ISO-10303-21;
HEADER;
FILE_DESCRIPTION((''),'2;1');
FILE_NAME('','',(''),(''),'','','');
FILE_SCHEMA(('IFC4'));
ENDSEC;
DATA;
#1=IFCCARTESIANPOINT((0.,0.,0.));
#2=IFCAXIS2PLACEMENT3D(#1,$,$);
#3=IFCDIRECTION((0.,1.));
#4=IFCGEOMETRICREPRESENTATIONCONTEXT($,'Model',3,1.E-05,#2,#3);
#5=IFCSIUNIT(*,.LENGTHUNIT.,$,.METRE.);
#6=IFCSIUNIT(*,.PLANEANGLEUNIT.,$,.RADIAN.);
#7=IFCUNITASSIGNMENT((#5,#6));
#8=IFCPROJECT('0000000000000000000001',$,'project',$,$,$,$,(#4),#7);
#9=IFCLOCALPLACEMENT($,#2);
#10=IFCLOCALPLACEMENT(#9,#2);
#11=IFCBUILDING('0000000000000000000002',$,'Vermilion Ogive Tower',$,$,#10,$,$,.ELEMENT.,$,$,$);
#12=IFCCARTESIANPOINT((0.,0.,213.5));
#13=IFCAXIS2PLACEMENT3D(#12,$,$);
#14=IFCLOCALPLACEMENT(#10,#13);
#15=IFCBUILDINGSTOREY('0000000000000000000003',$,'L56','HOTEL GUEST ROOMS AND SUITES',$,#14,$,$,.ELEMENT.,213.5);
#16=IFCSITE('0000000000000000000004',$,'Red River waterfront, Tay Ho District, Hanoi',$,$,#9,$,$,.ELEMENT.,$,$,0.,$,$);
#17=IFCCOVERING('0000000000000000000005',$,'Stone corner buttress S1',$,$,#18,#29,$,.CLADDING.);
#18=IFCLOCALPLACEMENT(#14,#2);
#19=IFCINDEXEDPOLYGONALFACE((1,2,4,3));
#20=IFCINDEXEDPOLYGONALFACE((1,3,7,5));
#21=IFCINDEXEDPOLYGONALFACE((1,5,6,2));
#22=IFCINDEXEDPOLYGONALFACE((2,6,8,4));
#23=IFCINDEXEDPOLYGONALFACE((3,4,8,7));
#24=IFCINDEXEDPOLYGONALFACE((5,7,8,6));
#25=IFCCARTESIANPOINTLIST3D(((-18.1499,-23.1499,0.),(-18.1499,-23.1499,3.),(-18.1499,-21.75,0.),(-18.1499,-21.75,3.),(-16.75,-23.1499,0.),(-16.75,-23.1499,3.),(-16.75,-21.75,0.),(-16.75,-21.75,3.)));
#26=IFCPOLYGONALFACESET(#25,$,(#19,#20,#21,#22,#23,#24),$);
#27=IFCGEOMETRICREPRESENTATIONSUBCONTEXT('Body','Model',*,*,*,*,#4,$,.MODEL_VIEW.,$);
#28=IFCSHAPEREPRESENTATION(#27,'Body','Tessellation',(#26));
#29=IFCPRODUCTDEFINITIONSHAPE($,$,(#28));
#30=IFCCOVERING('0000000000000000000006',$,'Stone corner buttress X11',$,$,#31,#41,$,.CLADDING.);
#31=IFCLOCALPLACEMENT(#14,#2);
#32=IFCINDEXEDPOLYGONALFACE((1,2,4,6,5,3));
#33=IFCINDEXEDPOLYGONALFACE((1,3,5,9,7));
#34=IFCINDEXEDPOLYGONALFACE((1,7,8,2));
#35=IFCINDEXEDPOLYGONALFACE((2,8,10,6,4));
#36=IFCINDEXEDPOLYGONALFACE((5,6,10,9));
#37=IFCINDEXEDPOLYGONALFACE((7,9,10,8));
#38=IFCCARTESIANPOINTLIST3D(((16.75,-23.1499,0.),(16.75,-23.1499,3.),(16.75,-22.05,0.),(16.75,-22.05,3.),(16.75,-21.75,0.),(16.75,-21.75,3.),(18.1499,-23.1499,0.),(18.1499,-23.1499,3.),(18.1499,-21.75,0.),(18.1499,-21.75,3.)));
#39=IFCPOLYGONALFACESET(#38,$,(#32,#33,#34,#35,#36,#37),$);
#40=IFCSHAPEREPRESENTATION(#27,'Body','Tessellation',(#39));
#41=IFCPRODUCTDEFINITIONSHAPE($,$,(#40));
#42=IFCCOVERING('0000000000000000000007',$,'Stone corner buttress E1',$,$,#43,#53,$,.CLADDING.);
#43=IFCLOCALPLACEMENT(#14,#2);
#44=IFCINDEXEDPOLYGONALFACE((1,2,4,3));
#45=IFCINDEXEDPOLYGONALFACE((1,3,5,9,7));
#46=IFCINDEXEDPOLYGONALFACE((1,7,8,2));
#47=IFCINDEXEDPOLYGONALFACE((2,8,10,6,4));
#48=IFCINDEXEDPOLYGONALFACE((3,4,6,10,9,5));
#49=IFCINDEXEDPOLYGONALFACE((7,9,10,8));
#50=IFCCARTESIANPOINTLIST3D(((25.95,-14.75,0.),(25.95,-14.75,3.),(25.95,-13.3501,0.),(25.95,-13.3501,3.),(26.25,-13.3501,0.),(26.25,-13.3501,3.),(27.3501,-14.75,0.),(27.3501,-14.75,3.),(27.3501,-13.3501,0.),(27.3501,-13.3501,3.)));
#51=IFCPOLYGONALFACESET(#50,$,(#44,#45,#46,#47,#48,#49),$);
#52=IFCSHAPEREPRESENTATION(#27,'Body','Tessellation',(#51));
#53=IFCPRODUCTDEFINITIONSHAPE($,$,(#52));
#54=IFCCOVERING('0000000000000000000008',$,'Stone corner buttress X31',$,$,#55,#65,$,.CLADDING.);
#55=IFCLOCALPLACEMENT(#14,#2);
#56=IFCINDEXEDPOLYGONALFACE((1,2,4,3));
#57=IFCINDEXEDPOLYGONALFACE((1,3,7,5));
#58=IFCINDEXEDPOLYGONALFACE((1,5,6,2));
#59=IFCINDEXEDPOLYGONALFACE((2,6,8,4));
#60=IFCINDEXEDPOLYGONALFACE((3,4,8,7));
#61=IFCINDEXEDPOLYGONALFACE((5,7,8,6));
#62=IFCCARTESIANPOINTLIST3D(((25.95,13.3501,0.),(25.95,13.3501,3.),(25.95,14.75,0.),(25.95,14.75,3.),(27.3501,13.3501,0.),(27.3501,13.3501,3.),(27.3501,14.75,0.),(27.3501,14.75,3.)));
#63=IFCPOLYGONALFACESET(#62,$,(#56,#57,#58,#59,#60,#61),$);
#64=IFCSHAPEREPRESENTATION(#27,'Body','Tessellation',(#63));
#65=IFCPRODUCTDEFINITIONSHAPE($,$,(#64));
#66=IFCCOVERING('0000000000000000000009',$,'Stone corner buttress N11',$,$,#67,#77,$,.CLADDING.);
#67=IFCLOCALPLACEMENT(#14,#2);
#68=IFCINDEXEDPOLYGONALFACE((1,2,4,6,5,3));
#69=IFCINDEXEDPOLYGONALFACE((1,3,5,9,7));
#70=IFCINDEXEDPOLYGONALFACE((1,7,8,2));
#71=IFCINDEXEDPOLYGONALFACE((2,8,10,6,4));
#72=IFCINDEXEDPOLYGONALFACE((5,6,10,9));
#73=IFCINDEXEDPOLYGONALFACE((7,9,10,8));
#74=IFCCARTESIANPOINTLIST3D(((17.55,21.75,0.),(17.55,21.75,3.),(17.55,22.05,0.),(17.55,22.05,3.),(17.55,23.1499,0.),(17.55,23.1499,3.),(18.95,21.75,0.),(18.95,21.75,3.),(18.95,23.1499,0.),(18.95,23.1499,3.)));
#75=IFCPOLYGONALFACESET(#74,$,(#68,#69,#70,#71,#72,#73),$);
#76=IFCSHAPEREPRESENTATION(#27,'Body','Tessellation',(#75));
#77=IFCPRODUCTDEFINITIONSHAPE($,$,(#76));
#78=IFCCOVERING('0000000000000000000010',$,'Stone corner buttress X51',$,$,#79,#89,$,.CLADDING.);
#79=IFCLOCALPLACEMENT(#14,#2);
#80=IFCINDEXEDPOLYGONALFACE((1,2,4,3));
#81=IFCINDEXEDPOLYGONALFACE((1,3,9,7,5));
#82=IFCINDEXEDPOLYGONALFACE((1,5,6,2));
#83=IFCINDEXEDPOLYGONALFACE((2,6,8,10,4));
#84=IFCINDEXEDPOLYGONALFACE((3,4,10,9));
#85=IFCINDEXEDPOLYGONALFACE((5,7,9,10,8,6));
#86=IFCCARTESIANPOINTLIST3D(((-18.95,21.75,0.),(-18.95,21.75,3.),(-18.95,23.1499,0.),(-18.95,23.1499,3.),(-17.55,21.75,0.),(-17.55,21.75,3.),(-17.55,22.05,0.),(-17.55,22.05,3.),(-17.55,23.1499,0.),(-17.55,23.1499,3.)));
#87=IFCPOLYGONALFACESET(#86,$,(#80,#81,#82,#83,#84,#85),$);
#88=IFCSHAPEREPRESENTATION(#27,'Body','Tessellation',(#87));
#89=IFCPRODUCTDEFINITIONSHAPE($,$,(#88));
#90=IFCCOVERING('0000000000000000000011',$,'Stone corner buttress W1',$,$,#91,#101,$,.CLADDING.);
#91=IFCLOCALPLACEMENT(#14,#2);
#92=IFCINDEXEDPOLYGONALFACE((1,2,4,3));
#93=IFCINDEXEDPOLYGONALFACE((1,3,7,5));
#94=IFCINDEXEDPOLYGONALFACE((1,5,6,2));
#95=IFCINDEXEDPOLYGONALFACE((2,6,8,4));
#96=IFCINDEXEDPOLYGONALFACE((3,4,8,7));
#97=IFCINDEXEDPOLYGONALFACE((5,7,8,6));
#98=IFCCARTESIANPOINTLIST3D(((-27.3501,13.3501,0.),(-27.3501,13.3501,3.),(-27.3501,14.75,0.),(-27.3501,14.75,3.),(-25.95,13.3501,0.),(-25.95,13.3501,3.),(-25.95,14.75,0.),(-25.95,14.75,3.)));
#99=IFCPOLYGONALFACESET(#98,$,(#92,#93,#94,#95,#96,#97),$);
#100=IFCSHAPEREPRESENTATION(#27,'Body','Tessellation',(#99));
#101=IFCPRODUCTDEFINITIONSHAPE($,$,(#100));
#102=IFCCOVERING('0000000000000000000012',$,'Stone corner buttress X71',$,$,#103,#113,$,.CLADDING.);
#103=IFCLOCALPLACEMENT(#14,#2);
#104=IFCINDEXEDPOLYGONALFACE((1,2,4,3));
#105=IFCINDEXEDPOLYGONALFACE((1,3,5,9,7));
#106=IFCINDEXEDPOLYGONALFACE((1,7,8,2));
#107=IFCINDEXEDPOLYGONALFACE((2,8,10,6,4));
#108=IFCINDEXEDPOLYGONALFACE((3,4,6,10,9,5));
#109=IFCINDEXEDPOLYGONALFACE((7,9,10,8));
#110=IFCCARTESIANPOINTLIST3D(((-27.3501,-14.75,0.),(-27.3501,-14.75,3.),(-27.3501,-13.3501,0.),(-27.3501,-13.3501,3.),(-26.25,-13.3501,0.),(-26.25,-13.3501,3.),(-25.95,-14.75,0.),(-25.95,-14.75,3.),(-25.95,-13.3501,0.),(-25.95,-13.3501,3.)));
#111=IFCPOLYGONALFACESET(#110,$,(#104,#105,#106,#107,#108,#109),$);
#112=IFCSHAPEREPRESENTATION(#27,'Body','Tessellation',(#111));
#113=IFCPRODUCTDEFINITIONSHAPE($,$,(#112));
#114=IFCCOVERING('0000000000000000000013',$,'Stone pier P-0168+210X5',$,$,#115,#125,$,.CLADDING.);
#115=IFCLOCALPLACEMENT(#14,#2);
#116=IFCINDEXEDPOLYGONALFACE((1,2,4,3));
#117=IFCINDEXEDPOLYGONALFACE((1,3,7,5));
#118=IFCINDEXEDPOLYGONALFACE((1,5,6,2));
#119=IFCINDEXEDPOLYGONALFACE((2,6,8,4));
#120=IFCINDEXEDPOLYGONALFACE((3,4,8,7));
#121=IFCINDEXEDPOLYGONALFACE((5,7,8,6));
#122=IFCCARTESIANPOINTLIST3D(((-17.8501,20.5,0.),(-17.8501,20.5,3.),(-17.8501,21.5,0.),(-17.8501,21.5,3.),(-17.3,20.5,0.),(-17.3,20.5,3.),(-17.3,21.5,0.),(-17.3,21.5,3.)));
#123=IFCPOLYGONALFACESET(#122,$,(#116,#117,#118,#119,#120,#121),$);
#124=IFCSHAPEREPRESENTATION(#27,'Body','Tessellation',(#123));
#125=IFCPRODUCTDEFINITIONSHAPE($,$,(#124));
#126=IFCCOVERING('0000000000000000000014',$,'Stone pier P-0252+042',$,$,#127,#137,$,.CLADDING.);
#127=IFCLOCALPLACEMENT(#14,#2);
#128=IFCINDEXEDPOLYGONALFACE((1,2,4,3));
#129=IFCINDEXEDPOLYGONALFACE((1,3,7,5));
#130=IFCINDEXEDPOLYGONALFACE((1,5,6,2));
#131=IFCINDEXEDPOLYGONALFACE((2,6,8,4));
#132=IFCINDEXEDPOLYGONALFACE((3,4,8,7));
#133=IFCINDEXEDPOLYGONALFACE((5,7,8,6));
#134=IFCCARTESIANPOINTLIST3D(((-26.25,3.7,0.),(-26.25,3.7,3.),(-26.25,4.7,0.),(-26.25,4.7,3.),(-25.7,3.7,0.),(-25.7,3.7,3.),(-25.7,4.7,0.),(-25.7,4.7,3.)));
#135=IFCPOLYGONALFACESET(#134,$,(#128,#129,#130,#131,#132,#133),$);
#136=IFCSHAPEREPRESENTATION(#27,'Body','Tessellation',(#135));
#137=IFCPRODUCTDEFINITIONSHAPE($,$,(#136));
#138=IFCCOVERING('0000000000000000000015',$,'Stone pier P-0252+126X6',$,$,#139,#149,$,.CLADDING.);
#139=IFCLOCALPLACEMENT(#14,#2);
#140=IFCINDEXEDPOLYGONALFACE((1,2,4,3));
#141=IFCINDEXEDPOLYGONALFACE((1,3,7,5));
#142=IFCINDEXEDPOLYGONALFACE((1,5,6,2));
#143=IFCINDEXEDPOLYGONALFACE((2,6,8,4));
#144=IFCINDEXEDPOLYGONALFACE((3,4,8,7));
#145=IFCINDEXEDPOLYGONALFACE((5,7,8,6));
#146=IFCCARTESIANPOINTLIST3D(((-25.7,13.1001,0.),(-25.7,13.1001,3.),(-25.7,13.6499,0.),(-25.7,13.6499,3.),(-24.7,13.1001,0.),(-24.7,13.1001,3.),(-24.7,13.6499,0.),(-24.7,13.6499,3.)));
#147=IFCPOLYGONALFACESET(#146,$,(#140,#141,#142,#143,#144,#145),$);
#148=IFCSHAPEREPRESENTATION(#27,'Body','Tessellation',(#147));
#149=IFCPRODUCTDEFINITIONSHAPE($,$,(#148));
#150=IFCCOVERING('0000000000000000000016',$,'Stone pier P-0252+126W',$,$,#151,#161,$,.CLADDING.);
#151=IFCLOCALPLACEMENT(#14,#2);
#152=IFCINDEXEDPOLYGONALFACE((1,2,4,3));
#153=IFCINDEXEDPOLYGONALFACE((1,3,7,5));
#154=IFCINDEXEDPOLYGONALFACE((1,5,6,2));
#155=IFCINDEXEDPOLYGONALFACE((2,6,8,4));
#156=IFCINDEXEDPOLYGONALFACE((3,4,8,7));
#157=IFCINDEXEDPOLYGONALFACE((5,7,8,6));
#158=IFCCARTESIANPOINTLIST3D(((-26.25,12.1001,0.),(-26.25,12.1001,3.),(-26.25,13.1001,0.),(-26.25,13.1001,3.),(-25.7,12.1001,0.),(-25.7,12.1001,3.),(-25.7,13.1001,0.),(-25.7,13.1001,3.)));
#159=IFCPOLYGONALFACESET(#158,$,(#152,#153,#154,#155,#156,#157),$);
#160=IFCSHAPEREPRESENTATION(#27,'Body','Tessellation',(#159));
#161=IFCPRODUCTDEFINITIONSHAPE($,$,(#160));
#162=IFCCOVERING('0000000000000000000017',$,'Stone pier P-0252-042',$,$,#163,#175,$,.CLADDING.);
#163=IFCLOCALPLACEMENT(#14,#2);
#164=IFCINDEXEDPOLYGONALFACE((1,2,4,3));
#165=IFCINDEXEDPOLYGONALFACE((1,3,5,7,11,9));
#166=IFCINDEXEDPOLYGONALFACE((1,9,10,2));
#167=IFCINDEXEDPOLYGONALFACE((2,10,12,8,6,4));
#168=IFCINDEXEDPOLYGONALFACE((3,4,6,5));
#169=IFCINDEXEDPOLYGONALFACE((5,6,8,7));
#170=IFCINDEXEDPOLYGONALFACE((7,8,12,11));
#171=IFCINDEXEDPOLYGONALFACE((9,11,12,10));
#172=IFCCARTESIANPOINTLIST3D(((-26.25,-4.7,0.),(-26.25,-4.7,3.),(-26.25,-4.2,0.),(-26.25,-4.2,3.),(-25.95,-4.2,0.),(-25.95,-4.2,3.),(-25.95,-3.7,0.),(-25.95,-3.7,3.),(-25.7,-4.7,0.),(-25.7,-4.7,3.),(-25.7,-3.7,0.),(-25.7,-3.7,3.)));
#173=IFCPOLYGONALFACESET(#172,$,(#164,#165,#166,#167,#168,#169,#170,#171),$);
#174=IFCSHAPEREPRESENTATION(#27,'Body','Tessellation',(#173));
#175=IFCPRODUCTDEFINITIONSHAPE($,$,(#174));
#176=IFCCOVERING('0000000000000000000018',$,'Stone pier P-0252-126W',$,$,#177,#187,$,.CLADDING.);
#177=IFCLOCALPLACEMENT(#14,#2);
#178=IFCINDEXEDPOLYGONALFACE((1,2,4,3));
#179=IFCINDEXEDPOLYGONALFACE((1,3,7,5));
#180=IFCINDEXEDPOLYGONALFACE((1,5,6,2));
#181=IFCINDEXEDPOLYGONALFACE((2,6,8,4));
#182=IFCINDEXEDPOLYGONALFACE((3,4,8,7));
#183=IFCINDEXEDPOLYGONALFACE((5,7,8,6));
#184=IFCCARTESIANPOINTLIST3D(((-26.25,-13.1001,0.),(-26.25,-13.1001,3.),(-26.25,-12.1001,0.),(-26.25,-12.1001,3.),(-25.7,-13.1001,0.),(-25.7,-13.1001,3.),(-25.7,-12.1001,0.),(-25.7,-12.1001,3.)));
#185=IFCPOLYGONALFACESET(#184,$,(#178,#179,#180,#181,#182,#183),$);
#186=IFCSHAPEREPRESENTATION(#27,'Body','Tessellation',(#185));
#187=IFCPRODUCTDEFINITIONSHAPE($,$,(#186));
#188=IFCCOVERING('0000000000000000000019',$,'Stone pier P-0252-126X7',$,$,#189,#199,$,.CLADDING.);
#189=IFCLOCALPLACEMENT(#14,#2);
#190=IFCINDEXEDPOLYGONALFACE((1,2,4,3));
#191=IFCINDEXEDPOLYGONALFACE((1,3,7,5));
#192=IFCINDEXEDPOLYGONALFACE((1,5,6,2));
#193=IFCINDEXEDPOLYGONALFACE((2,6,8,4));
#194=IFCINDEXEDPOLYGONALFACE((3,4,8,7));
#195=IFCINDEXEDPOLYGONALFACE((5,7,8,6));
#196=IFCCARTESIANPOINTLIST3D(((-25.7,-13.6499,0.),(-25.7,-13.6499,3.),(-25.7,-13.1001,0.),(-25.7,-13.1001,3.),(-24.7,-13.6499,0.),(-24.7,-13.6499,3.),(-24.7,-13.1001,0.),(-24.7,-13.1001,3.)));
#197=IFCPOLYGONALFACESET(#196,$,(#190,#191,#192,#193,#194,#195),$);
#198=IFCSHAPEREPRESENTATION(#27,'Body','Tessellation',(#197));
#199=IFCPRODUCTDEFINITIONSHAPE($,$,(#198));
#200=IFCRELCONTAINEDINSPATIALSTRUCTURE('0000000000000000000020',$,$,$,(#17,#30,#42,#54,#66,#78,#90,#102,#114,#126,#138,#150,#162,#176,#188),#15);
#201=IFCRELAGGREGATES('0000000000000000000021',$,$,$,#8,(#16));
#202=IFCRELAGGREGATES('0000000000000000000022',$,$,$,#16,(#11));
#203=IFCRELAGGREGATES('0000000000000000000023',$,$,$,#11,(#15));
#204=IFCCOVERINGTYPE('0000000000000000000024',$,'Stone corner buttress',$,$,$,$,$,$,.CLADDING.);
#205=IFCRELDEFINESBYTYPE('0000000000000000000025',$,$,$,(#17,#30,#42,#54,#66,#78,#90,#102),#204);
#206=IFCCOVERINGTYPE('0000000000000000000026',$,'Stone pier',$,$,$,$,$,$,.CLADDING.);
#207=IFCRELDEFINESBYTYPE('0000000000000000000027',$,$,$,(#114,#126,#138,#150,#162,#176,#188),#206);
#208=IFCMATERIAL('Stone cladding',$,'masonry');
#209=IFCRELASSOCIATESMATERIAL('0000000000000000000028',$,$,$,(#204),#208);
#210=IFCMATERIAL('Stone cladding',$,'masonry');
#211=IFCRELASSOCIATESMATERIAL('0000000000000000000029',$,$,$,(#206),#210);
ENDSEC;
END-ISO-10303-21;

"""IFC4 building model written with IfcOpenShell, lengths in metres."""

from ifc_helpers import new_model, si_unit, direction, frame, origin, place, context, subcontext, project, spatial, polyline, outline, extrude, material, type_object, element, save


model = new_model("IFC4")

# Units and contexts
model_context = context("Model", 3, precision=1e-05, world=origin(), true_north=direction((0.0, 1.0)))
body_context = subcontext(model_context, "Body", "Model", "MODEL_VIEW")
ifc_project = project(units=[si_unit("LENGTHUNIT", "METRE"), si_unit("PLANEANGLEUNIT", "RADIAN")], contexts=[model_context])

# Site, building, storey
site_placement = place(None, origin())
site = spatial("IfcSite", under=ifc_project, at=site_placement, Name="Red River waterfront, Tay Ho District, Hanoi", CompositionType="ELEMENT", RefElevation=0.0)
building_placement = place(site_placement, origin())
building = spatial("IfcBuilding", under=site, at=building_placement, Name="Vermilion Ogive Tower", CompositionType="ELEMENT")
storey_placement = place(building_placement, frame((0.0, 0.0, 213.5)))
storey = spatial("IfcBuildingStorey", under=building, at=storey_placement, Name="L56", Description="HOTEL GUEST ROOMS AND SUITES", CompositionType="ELEMENT", Elevation=213.5)

# Coverings
ifc_material_1 = material(Name="Stone cladding", Category="masonry")
covering_type_1 = type_object("IfcCoveringType", Name="Stone corner buttress", PredefinedType="CLADDING", material=ifc_material_1)
covering_1_placement = place(storey_placement, origin())
element("IfcCovering", 1, at=covering_1_placement, inside=storey, type_object=covering_type_1, Name="Stone corner buttress S1", PredefinedType="CLADDING", context=body_context, shape_type="SweptSolid", body=[
    extrude(outline(polyline([(-18.1499, -23.1499), (-18.1499, -21.75), (-16.75, -21.75), (-16.75, -23.1499), (-18.1499, -23.1499)])), origin(), (0.0, 0.0, 1.0), 3.0),
])
covering_2_placement = place(storey_placement, origin())
element("IfcCovering", 2, at=covering_2_placement, inside=storey, type_object=covering_type_1, Name="Stone corner buttress X11", PredefinedType="CLADDING", context=body_context, shape_type="SweptSolid", body=[
    extrude(outline(polyline([(18.1499, -21.75), (18.1499, -23.1499), (16.75, -23.1499), (16.75, -22.05), (16.75, -21.75), (18.1499, -21.75)])), origin(), (0.0, 0.0, 1.0), 3.0),
])
covering_3_placement = place(storey_placement, origin())
element("IfcCovering", 3, at=covering_3_placement, inside=storey, type_object=covering_type_1, Name="Stone corner buttress E1", PredefinedType="CLADDING", context=body_context, shape_type="SweptSolid", body=[
    extrude(outline(polyline([(25.95, -14.75), (25.95, -13.3501), (26.25, -13.3501), (27.3501, -13.3501), (27.3501, -14.75), (25.95, -14.75)])), origin(), (0.0, 0.0, 1.0), 3.0),
])
covering_4_placement = place(storey_placement, origin())
element("IfcCovering", 4, at=covering_4_placement, inside=storey, type_object=covering_type_1, Name="Stone corner buttress X31", PredefinedType="CLADDING", context=body_context, shape_type="SweptSolid", body=[
    extrude(outline(polyline([(27.3501, 14.75), (27.3501, 13.3501), (25.95, 13.3501), (25.95, 14.75), (27.3501, 14.75)])), origin(), (0.0, 0.0, 1.0), 3.0),
])
covering_5_placement = place(storey_placement, origin())
element("IfcCovering", 5, at=covering_5_placement, inside=storey, type_object=covering_type_1, Name="Stone corner buttress N11", PredefinedType="CLADDING", context=body_context, shape_type="SweptSolid", body=[
    extrude(outline(polyline([(18.95, 21.75), (17.55, 21.75), (17.55, 22.05), (17.55, 23.1499), (18.95, 23.1499), (18.95, 21.75)])), origin(), (0.0, 0.0, 1.0), 3.0),
])
covering_6_placement = place(storey_placement, origin())
element("IfcCovering", 6, at=covering_6_placement, inside=storey, type_object=covering_type_1, Name="Stone corner buttress X51", PredefinedType="CLADDING", context=body_context, shape_type="SweptSolid", body=[
    extrude(outline(polyline([(-18.95, 21.75), (-18.95, 23.1499), (-17.55, 23.1499), (-17.55, 22.05), (-17.55, 21.75), (-18.95, 21.75)])), origin(), (0.0, 0.0, 1.0), 3.0),
])
covering_7_placement = place(storey_placement, origin())
element("IfcCovering", 7, at=covering_7_placement, inside=storey, type_object=covering_type_1, Name="Stone corner buttress W1", PredefinedType="CLADDING", context=body_context, shape_type="SweptSolid", body=[
    extrude(outline(polyline([(-27.3501, 14.75), (-25.95, 14.75), (-25.95, 13.3501), (-27.3501, 13.3501), (-27.3501, 14.75)])), origin(), (0.0, 0.0, 1.0), 3.0),
])
covering_8_placement = place(storey_placement, origin())
element("IfcCovering", 8, at=covering_8_placement, inside=storey, type_object=covering_type_1, Name="Stone corner buttress X71", PredefinedType="CLADDING", context=body_context, shape_type="SweptSolid", body=[
    extrude(outline(polyline([(-25.95, -14.75), (-27.3501, -14.75), (-27.3501, -13.3501), (-26.25, -13.3501), (-25.95, -13.3501), (-25.95, -14.75)])), origin(), (0.0, 0.0, 1.0), 3.0),
])
ifc_material_2 = material(Name="Stone cladding", Category="masonry")
covering_type_2 = type_object("IfcCoveringType", Name="Stone pier", PredefinedType="CLADDING", material=ifc_material_2)
covering_9_placement = place(storey_placement, origin())
element("IfcCovering", 9, at=covering_9_placement, inside=storey, type_object=covering_type_2, Name="Stone pier P-0168+210X5", PredefinedType="CLADDING", context=body_context, shape_type="SweptSolid", body=[
    extrude(outline(polyline([(-17.8501, 21.5), (-17.3, 21.5), (-17.3, 21.5), (-17.3, 20.5), (-17.8501, 20.5), (-17.8501, 21.5)])), origin(), (0.0, 0.0, 1.0), 3.0),
])
covering_10_placement = place(storey_placement, origin())
element("IfcCovering", 10, at=covering_10_placement, inside=storey, type_object=covering_type_2, Name="Stone pier P-0252+042", PredefinedType="CLADDING", context=body_context, shape_type="SweptSolid", body=[
    extrude(outline(polyline([(-25.7, 3.7), (-26.25, 3.7), (-26.25, 4.7), (-25.7, 4.7), (-25.7, 4.7), (-25.7, 3.7)])), origin(), (0.0, 0.0, 1.0), 3.0),
])
covering_11_placement = place(storey_placement, origin())
element("IfcCovering", 11, at=covering_11_placement, inside=storey, type_object=covering_type_2, Name="Stone pier P-0252+126X6", PredefinedType="CLADDING", context=body_context, shape_type="SweptSolid", body=[
    extrude(outline(polyline([(-25.7, 13.1001), (-25.7, 13.6499), (-24.7, 13.6499), (-24.7, 13.1001), (-24.7, 13.1001), (-25.7, 13.1001)])), origin(), (0.0, 0.0, 1.0), 3.0),
])
covering_12_placement = place(storey_placement, origin())
element("IfcCovering", 12, at=covering_12_placement, inside=storey, type_object=covering_type_2, Name="Stone pier P-0252+126W", PredefinedType="CLADDING", context=body_context, shape_type="SweptSolid", body=[
    extrude(outline(polyline([(-26.25, 13.1001), (-25.7, 13.1001), (-25.7, 12.1001), (-26.25, 12.1001), (-26.25, 13.1001)])), origin(), (0.0, 0.0, 1.0), 3.0),
])
covering_13_placement = place(storey_placement, origin())
element("IfcCovering", 13, at=covering_13_placement, inside=storey, type_object=covering_type_2, Name="Stone pier P-0252-042", PredefinedType="CLADDING", context=body_context, shape_type="SweptSolid", body=[
    extrude(outline(polyline([(-25.7, -4.7), (-26.25, -4.7), (-26.25, -4.2), (-25.95, -4.2), (-25.95, -3.7), (-25.7, -3.7), (-25.7, -4.7), (-25.7, -4.7)])), origin(), (0.0, 0.0, 1.0), 3.0),
])
covering_14_placement = place(storey_placement, origin())
element("IfcCovering", 14, at=covering_14_placement, inside=storey, type_object=covering_type_2, Name="Stone pier P-0252-126W", PredefinedType="CLADDING", context=body_context, shape_type="SweptSolid", body=[
    extrude(outline(polyline([(-26.25, -13.1001), (-26.25, -12.1001), (-25.7, -12.1001), (-25.7, -13.1001), (-26.25, -13.1001)])), origin(), (0.0, 0.0, 1.0), 3.0),
])
covering_15_placement = place(storey_placement, origin())
element("IfcCovering", 15, at=covering_15_placement, inside=storey, type_object=covering_type_2, Name="Stone pier P-0252-126X7", PredefinedType="CLADDING", context=body_context, shape_type="SweptSolid", body=[
    extrude(outline(polyline([(-25.7, -13.6499), (-25.7, -13.1001), (-24.7, -13.1001), (-24.7, -13.6499), (-25.7, -13.6499)])), origin(), (0.0, 0.0, 1.0), 3.0),
])

save(model, "model.ifc")
